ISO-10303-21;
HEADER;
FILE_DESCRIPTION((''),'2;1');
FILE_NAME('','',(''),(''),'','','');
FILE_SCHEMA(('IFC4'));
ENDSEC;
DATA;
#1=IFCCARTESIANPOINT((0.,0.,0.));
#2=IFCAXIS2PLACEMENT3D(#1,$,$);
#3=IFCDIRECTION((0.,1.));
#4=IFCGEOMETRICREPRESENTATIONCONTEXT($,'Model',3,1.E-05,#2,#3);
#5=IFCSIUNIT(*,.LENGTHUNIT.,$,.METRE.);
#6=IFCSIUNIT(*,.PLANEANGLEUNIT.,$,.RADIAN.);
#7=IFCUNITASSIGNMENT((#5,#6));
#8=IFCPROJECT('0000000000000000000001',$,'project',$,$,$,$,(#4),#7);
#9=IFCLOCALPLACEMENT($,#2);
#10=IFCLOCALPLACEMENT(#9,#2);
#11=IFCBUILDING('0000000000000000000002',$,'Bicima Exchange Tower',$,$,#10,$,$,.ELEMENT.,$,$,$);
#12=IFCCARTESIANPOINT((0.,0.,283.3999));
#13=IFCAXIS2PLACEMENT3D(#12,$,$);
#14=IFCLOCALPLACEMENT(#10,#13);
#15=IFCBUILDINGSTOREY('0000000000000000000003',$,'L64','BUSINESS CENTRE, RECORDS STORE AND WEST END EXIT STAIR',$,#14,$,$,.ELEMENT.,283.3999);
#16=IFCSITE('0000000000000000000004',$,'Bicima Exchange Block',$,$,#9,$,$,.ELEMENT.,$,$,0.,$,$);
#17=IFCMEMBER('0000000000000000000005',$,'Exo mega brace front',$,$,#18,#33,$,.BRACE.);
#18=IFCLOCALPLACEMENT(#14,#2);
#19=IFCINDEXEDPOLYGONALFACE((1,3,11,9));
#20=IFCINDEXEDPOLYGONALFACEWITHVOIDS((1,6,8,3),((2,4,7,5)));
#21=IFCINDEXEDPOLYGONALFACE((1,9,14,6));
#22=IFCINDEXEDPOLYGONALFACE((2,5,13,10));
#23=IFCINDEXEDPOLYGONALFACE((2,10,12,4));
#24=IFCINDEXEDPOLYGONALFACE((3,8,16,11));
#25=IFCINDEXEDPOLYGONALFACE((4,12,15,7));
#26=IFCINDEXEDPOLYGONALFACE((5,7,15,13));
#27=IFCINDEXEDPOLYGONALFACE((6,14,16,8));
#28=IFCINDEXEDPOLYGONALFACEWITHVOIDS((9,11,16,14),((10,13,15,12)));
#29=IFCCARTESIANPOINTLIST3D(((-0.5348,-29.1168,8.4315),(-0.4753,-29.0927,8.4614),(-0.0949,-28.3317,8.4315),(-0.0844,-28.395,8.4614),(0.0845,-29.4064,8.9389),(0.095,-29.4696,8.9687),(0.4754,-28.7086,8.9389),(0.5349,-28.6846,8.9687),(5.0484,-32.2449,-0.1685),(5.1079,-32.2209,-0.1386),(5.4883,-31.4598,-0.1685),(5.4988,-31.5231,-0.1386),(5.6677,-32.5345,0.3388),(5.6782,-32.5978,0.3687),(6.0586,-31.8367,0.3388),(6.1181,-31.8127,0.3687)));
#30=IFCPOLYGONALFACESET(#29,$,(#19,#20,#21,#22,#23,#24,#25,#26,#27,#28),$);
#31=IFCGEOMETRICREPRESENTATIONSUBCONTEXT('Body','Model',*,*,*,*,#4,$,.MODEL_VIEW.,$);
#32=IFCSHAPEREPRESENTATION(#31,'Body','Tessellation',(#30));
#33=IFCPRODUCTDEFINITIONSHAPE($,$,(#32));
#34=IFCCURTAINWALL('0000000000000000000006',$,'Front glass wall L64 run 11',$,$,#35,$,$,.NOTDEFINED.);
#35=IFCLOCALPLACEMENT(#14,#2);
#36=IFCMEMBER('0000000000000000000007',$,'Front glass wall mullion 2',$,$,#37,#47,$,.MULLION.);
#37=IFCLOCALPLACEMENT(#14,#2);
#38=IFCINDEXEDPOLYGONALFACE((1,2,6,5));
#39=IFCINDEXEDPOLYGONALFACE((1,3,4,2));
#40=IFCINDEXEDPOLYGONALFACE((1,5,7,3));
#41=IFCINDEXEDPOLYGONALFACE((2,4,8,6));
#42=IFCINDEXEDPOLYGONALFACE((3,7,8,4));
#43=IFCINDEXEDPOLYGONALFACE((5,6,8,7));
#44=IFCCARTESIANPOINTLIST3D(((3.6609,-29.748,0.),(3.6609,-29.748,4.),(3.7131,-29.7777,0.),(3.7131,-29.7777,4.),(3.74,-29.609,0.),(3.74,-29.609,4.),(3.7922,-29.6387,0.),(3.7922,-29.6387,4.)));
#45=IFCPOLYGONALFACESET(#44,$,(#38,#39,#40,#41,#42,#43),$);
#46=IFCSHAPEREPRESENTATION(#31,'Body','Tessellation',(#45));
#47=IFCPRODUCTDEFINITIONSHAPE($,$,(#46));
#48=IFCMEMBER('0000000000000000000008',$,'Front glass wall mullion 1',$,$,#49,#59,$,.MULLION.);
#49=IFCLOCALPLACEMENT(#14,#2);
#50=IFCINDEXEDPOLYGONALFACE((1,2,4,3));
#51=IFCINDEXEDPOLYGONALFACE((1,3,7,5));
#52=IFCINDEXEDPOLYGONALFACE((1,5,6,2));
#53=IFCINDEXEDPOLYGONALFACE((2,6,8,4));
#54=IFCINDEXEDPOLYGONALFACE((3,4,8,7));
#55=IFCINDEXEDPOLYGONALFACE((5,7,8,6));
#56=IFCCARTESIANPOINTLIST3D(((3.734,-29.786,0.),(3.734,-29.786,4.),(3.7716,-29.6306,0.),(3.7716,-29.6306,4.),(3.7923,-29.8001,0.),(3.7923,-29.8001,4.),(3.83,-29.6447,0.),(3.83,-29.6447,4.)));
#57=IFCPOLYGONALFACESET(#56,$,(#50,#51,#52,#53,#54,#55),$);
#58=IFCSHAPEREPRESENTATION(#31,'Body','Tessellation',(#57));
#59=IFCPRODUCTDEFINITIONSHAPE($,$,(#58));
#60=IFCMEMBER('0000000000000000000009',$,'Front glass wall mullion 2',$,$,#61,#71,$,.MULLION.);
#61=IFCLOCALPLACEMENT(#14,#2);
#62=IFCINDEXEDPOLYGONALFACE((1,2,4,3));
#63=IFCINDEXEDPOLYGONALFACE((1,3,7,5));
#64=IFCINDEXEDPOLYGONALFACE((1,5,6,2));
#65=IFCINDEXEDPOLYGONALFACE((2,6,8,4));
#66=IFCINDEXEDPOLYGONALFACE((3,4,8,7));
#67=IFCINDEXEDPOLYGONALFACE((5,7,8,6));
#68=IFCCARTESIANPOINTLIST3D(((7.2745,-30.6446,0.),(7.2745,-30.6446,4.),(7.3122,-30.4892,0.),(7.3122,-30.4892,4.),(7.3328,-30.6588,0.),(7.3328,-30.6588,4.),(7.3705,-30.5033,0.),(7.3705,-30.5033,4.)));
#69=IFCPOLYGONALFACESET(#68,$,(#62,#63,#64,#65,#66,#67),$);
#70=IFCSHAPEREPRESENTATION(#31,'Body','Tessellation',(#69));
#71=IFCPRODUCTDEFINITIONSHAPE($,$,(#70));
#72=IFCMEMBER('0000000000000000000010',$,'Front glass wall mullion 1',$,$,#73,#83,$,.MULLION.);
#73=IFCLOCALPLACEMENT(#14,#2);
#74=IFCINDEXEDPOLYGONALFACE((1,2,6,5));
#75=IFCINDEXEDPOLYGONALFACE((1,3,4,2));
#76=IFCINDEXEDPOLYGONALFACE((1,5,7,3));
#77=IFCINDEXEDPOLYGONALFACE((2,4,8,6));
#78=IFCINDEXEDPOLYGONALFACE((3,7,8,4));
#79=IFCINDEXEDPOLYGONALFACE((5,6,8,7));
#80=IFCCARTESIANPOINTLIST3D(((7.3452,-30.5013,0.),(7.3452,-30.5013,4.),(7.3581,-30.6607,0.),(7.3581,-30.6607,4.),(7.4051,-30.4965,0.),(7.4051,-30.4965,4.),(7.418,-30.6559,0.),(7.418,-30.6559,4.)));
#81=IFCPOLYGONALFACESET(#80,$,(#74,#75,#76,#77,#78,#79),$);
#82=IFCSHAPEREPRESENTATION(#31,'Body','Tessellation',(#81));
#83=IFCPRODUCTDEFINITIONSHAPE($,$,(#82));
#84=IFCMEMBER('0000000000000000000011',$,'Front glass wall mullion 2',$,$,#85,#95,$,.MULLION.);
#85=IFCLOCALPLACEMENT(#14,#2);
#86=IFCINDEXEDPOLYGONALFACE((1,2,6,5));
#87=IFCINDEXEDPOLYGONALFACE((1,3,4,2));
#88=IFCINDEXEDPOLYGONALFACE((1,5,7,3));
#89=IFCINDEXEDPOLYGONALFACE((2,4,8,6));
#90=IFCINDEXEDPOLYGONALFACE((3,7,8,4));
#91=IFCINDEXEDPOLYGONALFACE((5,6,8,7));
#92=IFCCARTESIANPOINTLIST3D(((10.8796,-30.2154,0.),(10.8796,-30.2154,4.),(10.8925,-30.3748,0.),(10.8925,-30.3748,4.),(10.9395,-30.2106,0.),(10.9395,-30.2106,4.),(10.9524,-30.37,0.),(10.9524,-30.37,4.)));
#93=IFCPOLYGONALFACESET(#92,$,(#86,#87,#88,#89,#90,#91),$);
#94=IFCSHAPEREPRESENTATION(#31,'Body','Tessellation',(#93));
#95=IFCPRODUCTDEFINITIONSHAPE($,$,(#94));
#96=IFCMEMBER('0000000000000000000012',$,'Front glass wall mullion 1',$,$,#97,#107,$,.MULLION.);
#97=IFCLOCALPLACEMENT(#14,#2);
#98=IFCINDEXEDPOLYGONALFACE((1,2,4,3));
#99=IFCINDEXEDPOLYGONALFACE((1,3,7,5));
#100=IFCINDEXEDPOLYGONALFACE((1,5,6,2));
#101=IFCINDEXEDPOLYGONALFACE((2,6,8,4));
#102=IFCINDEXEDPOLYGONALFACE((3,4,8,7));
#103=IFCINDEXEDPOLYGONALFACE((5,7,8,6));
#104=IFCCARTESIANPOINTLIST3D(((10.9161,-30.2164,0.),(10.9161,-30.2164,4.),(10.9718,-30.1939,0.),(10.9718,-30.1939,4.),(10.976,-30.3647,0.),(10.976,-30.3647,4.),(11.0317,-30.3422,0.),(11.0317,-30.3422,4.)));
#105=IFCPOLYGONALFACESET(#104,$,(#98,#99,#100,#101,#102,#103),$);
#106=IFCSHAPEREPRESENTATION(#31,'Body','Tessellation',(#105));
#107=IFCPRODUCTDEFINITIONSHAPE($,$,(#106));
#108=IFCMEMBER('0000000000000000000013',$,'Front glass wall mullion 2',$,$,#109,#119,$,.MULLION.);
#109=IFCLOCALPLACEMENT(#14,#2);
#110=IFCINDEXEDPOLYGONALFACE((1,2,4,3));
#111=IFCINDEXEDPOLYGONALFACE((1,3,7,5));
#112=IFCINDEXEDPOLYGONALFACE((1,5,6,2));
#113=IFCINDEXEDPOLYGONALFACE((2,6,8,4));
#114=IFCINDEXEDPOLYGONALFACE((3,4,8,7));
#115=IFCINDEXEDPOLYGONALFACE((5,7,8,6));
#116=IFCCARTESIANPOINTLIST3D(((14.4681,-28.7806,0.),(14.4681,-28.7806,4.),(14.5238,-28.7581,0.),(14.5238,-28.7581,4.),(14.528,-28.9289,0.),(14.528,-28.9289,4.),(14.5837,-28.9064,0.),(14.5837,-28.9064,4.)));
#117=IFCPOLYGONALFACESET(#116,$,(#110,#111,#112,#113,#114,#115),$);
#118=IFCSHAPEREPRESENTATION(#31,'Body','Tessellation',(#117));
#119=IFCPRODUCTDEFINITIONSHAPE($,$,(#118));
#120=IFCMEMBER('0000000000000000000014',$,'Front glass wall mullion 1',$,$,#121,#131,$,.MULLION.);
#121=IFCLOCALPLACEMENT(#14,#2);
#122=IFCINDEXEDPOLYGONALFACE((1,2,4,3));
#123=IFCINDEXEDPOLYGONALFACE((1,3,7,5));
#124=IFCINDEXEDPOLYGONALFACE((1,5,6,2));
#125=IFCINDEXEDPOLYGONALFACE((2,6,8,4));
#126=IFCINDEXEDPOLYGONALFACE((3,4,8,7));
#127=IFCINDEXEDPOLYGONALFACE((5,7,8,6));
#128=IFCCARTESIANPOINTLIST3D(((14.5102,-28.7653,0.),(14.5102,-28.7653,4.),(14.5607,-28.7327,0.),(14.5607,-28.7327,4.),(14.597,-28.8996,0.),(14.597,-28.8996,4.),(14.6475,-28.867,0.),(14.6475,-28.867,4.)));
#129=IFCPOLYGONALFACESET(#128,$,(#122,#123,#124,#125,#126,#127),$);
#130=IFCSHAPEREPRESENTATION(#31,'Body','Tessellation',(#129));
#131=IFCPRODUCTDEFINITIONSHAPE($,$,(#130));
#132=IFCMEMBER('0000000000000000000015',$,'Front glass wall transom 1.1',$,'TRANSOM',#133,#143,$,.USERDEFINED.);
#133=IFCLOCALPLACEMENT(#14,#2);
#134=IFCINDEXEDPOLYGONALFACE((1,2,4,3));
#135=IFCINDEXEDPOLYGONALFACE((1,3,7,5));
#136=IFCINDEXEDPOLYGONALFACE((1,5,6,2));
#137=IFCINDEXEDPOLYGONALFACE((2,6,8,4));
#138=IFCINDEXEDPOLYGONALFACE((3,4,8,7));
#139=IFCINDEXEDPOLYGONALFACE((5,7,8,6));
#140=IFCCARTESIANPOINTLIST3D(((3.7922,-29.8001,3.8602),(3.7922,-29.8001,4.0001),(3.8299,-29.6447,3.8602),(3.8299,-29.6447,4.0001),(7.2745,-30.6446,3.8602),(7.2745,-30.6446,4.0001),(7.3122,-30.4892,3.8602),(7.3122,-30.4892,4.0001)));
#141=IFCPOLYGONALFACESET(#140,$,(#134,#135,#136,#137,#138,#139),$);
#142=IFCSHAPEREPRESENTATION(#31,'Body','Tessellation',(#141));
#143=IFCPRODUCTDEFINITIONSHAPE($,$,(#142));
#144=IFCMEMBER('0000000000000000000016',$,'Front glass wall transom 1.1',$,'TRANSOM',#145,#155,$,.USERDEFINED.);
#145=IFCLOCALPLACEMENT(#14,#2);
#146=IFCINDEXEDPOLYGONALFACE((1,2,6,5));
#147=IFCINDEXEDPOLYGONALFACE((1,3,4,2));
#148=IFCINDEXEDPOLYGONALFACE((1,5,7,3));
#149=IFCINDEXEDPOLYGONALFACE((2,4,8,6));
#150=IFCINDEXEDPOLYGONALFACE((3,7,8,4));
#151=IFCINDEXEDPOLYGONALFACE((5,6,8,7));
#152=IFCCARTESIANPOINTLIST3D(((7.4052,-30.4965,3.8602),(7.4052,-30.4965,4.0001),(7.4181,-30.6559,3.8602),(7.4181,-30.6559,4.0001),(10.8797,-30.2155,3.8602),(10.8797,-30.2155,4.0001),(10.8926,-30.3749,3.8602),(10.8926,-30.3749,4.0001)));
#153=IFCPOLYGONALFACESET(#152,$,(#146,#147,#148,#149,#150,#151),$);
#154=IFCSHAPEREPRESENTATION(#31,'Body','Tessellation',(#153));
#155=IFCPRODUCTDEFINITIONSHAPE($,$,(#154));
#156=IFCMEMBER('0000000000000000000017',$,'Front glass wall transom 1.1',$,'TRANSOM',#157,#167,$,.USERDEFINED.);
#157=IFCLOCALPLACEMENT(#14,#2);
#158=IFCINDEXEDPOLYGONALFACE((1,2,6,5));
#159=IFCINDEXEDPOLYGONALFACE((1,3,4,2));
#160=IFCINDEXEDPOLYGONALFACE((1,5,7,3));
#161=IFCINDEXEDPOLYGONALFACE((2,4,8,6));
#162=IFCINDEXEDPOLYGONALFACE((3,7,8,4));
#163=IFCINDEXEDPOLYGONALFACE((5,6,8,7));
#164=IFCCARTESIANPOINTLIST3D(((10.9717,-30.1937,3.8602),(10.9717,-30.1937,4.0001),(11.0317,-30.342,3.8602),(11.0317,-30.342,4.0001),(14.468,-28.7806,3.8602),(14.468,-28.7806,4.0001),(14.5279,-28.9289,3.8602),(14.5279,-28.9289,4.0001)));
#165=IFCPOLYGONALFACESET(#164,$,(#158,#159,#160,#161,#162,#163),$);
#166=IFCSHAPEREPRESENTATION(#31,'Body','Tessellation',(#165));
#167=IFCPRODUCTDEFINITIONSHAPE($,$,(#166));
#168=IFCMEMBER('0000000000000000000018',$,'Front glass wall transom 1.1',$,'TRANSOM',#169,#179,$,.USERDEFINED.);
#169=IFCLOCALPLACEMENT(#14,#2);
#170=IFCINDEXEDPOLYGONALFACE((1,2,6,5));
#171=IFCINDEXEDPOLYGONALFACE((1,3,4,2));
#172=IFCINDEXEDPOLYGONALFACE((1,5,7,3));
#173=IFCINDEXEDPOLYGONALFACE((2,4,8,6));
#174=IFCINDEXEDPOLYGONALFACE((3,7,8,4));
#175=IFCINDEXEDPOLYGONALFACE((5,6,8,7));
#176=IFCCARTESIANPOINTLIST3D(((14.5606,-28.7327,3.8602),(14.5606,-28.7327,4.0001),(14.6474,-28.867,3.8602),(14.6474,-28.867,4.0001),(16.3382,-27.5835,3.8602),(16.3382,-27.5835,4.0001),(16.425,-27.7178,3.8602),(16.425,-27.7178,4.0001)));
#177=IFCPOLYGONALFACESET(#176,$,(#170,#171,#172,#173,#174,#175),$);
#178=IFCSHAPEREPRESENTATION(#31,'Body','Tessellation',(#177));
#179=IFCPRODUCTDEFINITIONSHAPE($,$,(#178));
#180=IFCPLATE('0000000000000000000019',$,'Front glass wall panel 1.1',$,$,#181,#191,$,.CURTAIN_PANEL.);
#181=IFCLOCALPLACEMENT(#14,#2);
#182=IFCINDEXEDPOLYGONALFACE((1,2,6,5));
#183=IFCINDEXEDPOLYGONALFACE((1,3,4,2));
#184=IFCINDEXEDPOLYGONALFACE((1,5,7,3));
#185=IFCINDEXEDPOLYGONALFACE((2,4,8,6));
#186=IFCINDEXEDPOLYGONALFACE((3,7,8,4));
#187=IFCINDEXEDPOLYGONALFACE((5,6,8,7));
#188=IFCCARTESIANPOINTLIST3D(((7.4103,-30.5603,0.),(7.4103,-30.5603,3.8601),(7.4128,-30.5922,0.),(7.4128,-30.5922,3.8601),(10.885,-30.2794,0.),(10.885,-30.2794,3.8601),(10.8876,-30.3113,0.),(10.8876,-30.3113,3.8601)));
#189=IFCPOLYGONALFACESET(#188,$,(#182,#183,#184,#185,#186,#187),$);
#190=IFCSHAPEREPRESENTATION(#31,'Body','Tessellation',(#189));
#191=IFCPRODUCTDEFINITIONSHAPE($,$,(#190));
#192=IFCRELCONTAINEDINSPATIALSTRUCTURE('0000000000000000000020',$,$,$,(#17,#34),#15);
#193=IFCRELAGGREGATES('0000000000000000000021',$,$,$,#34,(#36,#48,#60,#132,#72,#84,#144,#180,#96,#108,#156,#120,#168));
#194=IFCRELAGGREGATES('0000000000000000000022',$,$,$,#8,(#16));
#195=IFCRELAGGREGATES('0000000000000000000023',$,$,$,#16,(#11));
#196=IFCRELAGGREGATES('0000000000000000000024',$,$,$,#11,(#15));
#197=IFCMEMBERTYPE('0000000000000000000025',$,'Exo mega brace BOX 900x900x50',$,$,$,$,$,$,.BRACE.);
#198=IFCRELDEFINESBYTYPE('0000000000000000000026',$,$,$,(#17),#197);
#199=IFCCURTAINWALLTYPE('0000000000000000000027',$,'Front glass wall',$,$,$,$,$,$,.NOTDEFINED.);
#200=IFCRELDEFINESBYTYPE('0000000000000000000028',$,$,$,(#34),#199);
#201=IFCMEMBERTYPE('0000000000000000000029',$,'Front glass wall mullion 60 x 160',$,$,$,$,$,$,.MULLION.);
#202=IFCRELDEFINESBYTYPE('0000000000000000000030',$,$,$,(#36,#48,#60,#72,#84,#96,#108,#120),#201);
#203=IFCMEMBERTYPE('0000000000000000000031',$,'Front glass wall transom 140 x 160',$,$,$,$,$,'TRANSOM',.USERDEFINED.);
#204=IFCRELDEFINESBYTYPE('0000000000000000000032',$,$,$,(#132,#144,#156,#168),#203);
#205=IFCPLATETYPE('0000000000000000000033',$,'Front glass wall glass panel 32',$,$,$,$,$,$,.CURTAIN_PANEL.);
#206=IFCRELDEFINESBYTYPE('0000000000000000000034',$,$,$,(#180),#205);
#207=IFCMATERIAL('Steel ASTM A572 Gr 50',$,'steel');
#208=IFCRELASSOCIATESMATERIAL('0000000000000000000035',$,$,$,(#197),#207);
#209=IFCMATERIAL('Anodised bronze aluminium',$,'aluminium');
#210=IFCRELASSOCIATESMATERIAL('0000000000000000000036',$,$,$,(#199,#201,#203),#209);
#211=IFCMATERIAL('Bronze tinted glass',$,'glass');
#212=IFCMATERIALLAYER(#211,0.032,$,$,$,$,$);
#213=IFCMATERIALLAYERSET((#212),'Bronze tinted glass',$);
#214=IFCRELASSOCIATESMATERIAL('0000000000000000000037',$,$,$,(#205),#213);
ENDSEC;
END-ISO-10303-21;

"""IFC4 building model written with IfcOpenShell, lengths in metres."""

from ifc_helpers import new_model, si_unit, direction, frame, origin, origin_2d, place, context, subcontext, project, spatial, rectangle, hollow_rectangle, extrude, material, layer, layer_set, material_profile, profile_set, type_object, element, aggregate, save


model = new_model("IFC4")

# Units and contexts
model_context = context("Model", 3, precision=1e-05, world=origin(), true_north=direction((0.0, 1.0)))
body_context = subcontext(model_context, "Body", "Model", "MODEL_VIEW")
ifc_project = project(units=[si_unit("LENGTHUNIT", "METRE"), si_unit("PLANEANGLEUNIT", "RADIAN")], contexts=[model_context])

# Site, building, storey
site_placement = place(None, origin())
site = spatial("IfcSite", under=ifc_project, at=site_placement, Name="Bicima Exchange Block", CompositionType="ELEMENT", RefElevation=0.0)
building_placement = place(site_placement, origin())
building = spatial("IfcBuilding", under=site, at=building_placement, Name="Bicima Exchange Tower", CompositionType="ELEMENT")
storey_placement = place(building_placement, frame((0.0, 0.0, 283.3999)))
storey = spatial("IfcBuildingStorey", under=building, at=storey_placement, Name="L64", Description="BUSINESS CENTRE, RECORDS STORE AND WEST END EXIT STAIR", CompositionType="ELEMENT", Elevation=283.3999)

# Member
ifc_material_1 = material(Name="Steel ASTM A572 Gr 50", Category="steel")
ifc_material_profile_1 = material_profile(ifc_material_1, hollow_rectangle(XDim=0.8999, YDim=0.8999, WallThickness=0.05, at=origin_2d()))
ifc_profile_set_1 = profile_set([ifc_material_profile_1], Name="Steel ASTM A572 Gr 50")
member_type_1 = type_object("IfcMemberType", Name="Exo mega brace BOX 900x900x50", PredefinedType="BRACE", material=ifc_profile_set_1)
member_1_placement = place(storey_placement, frame((5.5833, -32.0288, 0.1001), z_axis=(-0.520822, 0.291805, 0.802243), x_axis=(-0.488788, -0.872403, 0.0)))
element("IfcMember", 1, at=member_1_placement, inside=storey, type_object=member_type_1, Name="Exo mega brace front", PredefinedType="BRACE", context=body_context, shape_type="SweptSolid", body=[
    extrude(hollow_rectangle(XDim=0.8999, YDim=0.8999, WallThickness=0.05, at=origin_2d()), origin(), (0.0, 0.0, 1.0), 10.72),
])

# Curtain wall, members, plate
ifc_material_2 = material(Name="Anodised bronze aluminium", Category="aluminium")
curtain_wall_type = type_object("IfcCurtainWallType", Name="Front glass wall", PredefinedType="NOTDEFINED", material=ifc_material_2)
curtain_wall_placement = place(storey_placement, origin())
curtain_wall = element("IfcCurtainWall", 2, at=curtain_wall_placement, inside=storey, type_object=curtain_wall_type, Name="Front glass wall L64 run 11", PredefinedType="NOTDEFINED")
ifc_material_profile_2 = material_profile(ifc_material_2, rectangle(XDim=0.1599, YDim=0.0601, at=origin_2d()))
ifc_profile_set_2 = profile_set([ifc_material_profile_2], Name="Anodised bronze aluminium")
member_type_2 = type_object("IfcMemberType", Name="Front glass wall mullion 60 x 160", PredefinedType="MULLION", material=ifc_profile_set_2)
member_2_placement = place(storey_placement, frame((3.7266, -29.6934, 0.0), z_axis=(0.0, 0.0, 1.0), x_axis=(0.49433, 0.869274, 0.0)))
member_2 = element("IfcMember", 3, at=member_2_placement, type_object=member_type_2, Name="Front glass wall mullion 2", PredefinedType="MULLION", context=body_context, shape_type="SweptSolid", body=[
    extrude(rectangle(XDim=0.1599, YDim=0.0601, at=origin_2d()), origin(), (0.0, 0.0, 1.0), 4.0),
])
member_3_placement = place(storey_placement, frame((3.782, -29.7153, 0.0), z_axis=(0.0, 0.0, 1.0), x_axis=(0.235682, 0.97183, 0.0)))
member_3 = element("IfcMember", 4, at=member_3_placement, type_object=member_type_2, Name="Front glass wall mullion 1", PredefinedType="MULLION", context=body_context, shape_type="SweptSolid", body=[
    extrude(rectangle(XDim=0.1599, YDim=0.0601, at=origin_2d()), origin(), (0.0, 0.0, 1.0), 4.0),
])
member_4_placement = place(storey_placement, frame((7.3225, -30.574, 0.0), z_axis=(0.0, 0.0, 1.0), x_axis=(0.235682, 0.97183, 0.0)))
member_4 = element("IfcMember", 5, at=member_4_placement, type_object=member_type_2, Name="Front glass wall mullion 2", PredefinedType="MULLION", context=body_context, shape_type="SweptSolid", body=[
    extrude(rectangle(XDim=0.1599, YDim=0.0601, at=origin_2d()), origin(), (0.0, 0.0, 1.0), 4.0),
])
member_5_placement = place(storey_placement, frame((7.3816, -30.5786, 0.0), z_axis=(0.0, 0.0, 1.0), x_axis=(-0.080589, 0.996747, 0.0)))
member_5 = element("IfcMember", 6, at=member_5_placement, type_object=member_type_2, Name="Front glass wall mullion 1", PredefinedType="MULLION", context=body_context, shape_type="SweptSolid", body=[
    extrude(rectangle(XDim=0.1599, YDim=0.0601, at=origin_2d()), origin(), (0.0, 0.0, 1.0), 4.0),
])
member_6_placement = place(storey_placement, frame((10.916, -30.2927, 0.0), z_axis=(0.0, 0.0, 1.0), x_axis=(-0.080589, 0.996747, 0.0)))
member_6 = element("IfcMember", 7, at=member_6_placement, type_object=member_type_2, Name="Front glass wall mullion 2", PredefinedType="MULLION", context=body_context, shape_type="SweptSolid", body=[
    extrude(rectangle(XDim=0.1599, YDim=0.0601, at=origin_2d()), origin(), (0.0, 0.0, 1.0), 4.0),
])
member_7_placement = place(storey_placement, frame((10.9739, -30.2793, 0.0), z_axis=(0.0, 0.0, 1.0), x_axis=(-0.374705, 0.927144, 0.0)))
member_7 = element("IfcMember", 8, at=member_7_placement, type_object=member_type_2, Name="Front glass wall mullion 1", PredefinedType="MULLION", context=body_context, shape_type="SweptSolid", body=[
    extrude(rectangle(XDim=0.1599, YDim=0.0601, at=origin_2d()), origin(), (0.0, 0.0, 1.0), 4.0),
])
member_8_placement = place(storey_placement, frame((14.5259, -28.8435, 0.0), z_axis=(0.0, 0.0, 1.0), x_axis=(-0.374705, 0.927144, 0.0)))
member_8 = element("IfcMember", 9, at=member_8_placement, type_object=member_type_2, Name="Front glass wall mullion 2", PredefinedType="MULLION", context=body_context, shape_type="SweptSolid", body=[
    extrude(rectangle(XDim=0.1599, YDim=0.0601, at=origin_2d()), origin(), (0.0, 0.0, 1.0), 4.0),
])
member_9_placement = place(storey_placement, frame((14.5789, -28.8162, 0.0), z_axis=(0.0, 0.0, 1.0), x_axis=(-0.542909, 0.839791, 0.0)))
member_9 = element("IfcMember", 10, at=member_9_placement, type_object=member_type_2, Name="Front glass wall mullion 1", PredefinedType="MULLION", context=body_context, shape_type="SweptSolid", body=[
    extrude(rectangle(XDim=0.1599, YDim=0.0601, at=origin_2d()), origin(), (0.0, 0.0, 1.0), 4.0),
])
ifc_material_profile_3 = material_profile(ifc_material_2, rectangle(XDim=0.1599, YDim=0.1399, at=origin_2d()))
ifc_profile_set_3 = profile_set([ifc_material_profile_3], Name="Anodised bronze aluminium")
member_type_3 = type_object("IfcMemberType", Name="Front glass wall transom 140 x 160", ElementType="TRANSOM", PredefinedType="USERDEFINED", material=ifc_profile_set_3)
member_10_placement = place(storey_placement, frame((3.811, -29.7224, 3.9302), z_axis=(0.971834, -0.235668, 0.0), x_axis=(0.235668, 0.971834, 0.0)))
member_10 = element("IfcMember", 11, at=member_10_placement, type_object=member_type_3, Name="Front glass wall transom 1.1", ObjectType="TRANSOM", PredefinedType="USERDEFINED", context=body_context, shape_type="SweptSolid", body=[
    extrude(rectangle(XDim=0.1599, YDim=0.1399, at=origin_2d()), origin(), (0.0, 0.0, 1.0), 3.5833),
])
member_11_placement = place(storey_placement, frame((7.4116, -30.5762, 3.9302), z_axis=(0.996746, 0.080611, 0.0), x_axis=(-0.080611, 0.996746, 0.0)))
member_11 = element("IfcMember", 12, at=member_11_placement, type_object=member_type_3, Name="Front glass wall transom 1.1", ObjectType="TRANSOM", PredefinedType="USERDEFINED", context=body_context, shape_type="SweptSolid", body=[
    extrude(rectangle(XDim=0.1599, YDim=0.1399, at=origin_2d()), origin(), (0.0, 0.0, 1.0), 3.4858),
])
member_12_placement = place(storey_placement, frame((11.0017, -30.2678, 3.9302), z_axis=(0.92714, 0.374715, 0.0), x_axis=(-0.374715, 0.92714, 0.0)))
member_12 = element("IfcMember", 13, at=member_12_placement, type_object=member_type_3, Name="Front glass wall transom 1.1", ObjectType="TRANSOM", PredefinedType="USERDEFINED", context=body_context, shape_type="SweptSolid", body=[
    extrude(rectangle(XDim=0.1599, YDim=0.1399, at=origin_2d()), origin(), (0.0, 0.0, 1.0), 3.771),
])
member_13_placement = place(storey_placement, frame((14.604, -28.7998, 3.9302), z_axis=(0.839793, 0.542907, 0.0), x_axis=(-0.542907, 0.839793, 0.0)))
member_13 = element("IfcMember", 14, at=member_13_placement, type_object=member_type_3, Name="Front glass wall transom 1.1", ObjectType="TRANSOM", PredefinedType="USERDEFINED", context=body_context, shape_type="SweptSolid", body=[
    extrude(rectangle(XDim=0.1599, YDim=0.1399, at=origin_2d()), origin(), (0.0, 0.0, 1.0), 2.1167),
])
ifc_material_3 = material(Name="Bronze tinted glass", Category="glass")
ifc_layer_1 = layer(ifc_material_3, 0.032)
ifc_layer_set_1 = layer_set([ifc_layer_1], Name="Bronze tinted glass")
plate_type_1 = type_object("IfcPlateType", Name="Front glass wall glass panel 32", PredefinedType="CURTAIN_PANEL", material=ifc_layer_set_1)
plate_1_placement = place(storey_placement, frame((9.1489, -30.4358, 0.0), z_axis=(0.0, 0.0, 1.0), x_axis=(0.996747, 0.080589, 0.0)))
plate_1 = element("IfcPlate", 15, at=plate_1_placement, type_object=plate_type_1, Name="Front glass wall panel 1.1", PredefinedType="CURTAIN_PANEL", context=body_context, shape_type="SweptSolid", body=[
    extrude(rectangle(XDim=3.4861, YDim=0.032, at=origin_2d()), origin(), (0.0, 0.0, 1.0), 3.8601),
])
aggregate(curtain_wall, [member_2, member_3, member_4, member_10, member_5, member_6, member_11, plate_1, member_7, member_8, member_12, member_9, member_13])

save(model, "model.ifc")
